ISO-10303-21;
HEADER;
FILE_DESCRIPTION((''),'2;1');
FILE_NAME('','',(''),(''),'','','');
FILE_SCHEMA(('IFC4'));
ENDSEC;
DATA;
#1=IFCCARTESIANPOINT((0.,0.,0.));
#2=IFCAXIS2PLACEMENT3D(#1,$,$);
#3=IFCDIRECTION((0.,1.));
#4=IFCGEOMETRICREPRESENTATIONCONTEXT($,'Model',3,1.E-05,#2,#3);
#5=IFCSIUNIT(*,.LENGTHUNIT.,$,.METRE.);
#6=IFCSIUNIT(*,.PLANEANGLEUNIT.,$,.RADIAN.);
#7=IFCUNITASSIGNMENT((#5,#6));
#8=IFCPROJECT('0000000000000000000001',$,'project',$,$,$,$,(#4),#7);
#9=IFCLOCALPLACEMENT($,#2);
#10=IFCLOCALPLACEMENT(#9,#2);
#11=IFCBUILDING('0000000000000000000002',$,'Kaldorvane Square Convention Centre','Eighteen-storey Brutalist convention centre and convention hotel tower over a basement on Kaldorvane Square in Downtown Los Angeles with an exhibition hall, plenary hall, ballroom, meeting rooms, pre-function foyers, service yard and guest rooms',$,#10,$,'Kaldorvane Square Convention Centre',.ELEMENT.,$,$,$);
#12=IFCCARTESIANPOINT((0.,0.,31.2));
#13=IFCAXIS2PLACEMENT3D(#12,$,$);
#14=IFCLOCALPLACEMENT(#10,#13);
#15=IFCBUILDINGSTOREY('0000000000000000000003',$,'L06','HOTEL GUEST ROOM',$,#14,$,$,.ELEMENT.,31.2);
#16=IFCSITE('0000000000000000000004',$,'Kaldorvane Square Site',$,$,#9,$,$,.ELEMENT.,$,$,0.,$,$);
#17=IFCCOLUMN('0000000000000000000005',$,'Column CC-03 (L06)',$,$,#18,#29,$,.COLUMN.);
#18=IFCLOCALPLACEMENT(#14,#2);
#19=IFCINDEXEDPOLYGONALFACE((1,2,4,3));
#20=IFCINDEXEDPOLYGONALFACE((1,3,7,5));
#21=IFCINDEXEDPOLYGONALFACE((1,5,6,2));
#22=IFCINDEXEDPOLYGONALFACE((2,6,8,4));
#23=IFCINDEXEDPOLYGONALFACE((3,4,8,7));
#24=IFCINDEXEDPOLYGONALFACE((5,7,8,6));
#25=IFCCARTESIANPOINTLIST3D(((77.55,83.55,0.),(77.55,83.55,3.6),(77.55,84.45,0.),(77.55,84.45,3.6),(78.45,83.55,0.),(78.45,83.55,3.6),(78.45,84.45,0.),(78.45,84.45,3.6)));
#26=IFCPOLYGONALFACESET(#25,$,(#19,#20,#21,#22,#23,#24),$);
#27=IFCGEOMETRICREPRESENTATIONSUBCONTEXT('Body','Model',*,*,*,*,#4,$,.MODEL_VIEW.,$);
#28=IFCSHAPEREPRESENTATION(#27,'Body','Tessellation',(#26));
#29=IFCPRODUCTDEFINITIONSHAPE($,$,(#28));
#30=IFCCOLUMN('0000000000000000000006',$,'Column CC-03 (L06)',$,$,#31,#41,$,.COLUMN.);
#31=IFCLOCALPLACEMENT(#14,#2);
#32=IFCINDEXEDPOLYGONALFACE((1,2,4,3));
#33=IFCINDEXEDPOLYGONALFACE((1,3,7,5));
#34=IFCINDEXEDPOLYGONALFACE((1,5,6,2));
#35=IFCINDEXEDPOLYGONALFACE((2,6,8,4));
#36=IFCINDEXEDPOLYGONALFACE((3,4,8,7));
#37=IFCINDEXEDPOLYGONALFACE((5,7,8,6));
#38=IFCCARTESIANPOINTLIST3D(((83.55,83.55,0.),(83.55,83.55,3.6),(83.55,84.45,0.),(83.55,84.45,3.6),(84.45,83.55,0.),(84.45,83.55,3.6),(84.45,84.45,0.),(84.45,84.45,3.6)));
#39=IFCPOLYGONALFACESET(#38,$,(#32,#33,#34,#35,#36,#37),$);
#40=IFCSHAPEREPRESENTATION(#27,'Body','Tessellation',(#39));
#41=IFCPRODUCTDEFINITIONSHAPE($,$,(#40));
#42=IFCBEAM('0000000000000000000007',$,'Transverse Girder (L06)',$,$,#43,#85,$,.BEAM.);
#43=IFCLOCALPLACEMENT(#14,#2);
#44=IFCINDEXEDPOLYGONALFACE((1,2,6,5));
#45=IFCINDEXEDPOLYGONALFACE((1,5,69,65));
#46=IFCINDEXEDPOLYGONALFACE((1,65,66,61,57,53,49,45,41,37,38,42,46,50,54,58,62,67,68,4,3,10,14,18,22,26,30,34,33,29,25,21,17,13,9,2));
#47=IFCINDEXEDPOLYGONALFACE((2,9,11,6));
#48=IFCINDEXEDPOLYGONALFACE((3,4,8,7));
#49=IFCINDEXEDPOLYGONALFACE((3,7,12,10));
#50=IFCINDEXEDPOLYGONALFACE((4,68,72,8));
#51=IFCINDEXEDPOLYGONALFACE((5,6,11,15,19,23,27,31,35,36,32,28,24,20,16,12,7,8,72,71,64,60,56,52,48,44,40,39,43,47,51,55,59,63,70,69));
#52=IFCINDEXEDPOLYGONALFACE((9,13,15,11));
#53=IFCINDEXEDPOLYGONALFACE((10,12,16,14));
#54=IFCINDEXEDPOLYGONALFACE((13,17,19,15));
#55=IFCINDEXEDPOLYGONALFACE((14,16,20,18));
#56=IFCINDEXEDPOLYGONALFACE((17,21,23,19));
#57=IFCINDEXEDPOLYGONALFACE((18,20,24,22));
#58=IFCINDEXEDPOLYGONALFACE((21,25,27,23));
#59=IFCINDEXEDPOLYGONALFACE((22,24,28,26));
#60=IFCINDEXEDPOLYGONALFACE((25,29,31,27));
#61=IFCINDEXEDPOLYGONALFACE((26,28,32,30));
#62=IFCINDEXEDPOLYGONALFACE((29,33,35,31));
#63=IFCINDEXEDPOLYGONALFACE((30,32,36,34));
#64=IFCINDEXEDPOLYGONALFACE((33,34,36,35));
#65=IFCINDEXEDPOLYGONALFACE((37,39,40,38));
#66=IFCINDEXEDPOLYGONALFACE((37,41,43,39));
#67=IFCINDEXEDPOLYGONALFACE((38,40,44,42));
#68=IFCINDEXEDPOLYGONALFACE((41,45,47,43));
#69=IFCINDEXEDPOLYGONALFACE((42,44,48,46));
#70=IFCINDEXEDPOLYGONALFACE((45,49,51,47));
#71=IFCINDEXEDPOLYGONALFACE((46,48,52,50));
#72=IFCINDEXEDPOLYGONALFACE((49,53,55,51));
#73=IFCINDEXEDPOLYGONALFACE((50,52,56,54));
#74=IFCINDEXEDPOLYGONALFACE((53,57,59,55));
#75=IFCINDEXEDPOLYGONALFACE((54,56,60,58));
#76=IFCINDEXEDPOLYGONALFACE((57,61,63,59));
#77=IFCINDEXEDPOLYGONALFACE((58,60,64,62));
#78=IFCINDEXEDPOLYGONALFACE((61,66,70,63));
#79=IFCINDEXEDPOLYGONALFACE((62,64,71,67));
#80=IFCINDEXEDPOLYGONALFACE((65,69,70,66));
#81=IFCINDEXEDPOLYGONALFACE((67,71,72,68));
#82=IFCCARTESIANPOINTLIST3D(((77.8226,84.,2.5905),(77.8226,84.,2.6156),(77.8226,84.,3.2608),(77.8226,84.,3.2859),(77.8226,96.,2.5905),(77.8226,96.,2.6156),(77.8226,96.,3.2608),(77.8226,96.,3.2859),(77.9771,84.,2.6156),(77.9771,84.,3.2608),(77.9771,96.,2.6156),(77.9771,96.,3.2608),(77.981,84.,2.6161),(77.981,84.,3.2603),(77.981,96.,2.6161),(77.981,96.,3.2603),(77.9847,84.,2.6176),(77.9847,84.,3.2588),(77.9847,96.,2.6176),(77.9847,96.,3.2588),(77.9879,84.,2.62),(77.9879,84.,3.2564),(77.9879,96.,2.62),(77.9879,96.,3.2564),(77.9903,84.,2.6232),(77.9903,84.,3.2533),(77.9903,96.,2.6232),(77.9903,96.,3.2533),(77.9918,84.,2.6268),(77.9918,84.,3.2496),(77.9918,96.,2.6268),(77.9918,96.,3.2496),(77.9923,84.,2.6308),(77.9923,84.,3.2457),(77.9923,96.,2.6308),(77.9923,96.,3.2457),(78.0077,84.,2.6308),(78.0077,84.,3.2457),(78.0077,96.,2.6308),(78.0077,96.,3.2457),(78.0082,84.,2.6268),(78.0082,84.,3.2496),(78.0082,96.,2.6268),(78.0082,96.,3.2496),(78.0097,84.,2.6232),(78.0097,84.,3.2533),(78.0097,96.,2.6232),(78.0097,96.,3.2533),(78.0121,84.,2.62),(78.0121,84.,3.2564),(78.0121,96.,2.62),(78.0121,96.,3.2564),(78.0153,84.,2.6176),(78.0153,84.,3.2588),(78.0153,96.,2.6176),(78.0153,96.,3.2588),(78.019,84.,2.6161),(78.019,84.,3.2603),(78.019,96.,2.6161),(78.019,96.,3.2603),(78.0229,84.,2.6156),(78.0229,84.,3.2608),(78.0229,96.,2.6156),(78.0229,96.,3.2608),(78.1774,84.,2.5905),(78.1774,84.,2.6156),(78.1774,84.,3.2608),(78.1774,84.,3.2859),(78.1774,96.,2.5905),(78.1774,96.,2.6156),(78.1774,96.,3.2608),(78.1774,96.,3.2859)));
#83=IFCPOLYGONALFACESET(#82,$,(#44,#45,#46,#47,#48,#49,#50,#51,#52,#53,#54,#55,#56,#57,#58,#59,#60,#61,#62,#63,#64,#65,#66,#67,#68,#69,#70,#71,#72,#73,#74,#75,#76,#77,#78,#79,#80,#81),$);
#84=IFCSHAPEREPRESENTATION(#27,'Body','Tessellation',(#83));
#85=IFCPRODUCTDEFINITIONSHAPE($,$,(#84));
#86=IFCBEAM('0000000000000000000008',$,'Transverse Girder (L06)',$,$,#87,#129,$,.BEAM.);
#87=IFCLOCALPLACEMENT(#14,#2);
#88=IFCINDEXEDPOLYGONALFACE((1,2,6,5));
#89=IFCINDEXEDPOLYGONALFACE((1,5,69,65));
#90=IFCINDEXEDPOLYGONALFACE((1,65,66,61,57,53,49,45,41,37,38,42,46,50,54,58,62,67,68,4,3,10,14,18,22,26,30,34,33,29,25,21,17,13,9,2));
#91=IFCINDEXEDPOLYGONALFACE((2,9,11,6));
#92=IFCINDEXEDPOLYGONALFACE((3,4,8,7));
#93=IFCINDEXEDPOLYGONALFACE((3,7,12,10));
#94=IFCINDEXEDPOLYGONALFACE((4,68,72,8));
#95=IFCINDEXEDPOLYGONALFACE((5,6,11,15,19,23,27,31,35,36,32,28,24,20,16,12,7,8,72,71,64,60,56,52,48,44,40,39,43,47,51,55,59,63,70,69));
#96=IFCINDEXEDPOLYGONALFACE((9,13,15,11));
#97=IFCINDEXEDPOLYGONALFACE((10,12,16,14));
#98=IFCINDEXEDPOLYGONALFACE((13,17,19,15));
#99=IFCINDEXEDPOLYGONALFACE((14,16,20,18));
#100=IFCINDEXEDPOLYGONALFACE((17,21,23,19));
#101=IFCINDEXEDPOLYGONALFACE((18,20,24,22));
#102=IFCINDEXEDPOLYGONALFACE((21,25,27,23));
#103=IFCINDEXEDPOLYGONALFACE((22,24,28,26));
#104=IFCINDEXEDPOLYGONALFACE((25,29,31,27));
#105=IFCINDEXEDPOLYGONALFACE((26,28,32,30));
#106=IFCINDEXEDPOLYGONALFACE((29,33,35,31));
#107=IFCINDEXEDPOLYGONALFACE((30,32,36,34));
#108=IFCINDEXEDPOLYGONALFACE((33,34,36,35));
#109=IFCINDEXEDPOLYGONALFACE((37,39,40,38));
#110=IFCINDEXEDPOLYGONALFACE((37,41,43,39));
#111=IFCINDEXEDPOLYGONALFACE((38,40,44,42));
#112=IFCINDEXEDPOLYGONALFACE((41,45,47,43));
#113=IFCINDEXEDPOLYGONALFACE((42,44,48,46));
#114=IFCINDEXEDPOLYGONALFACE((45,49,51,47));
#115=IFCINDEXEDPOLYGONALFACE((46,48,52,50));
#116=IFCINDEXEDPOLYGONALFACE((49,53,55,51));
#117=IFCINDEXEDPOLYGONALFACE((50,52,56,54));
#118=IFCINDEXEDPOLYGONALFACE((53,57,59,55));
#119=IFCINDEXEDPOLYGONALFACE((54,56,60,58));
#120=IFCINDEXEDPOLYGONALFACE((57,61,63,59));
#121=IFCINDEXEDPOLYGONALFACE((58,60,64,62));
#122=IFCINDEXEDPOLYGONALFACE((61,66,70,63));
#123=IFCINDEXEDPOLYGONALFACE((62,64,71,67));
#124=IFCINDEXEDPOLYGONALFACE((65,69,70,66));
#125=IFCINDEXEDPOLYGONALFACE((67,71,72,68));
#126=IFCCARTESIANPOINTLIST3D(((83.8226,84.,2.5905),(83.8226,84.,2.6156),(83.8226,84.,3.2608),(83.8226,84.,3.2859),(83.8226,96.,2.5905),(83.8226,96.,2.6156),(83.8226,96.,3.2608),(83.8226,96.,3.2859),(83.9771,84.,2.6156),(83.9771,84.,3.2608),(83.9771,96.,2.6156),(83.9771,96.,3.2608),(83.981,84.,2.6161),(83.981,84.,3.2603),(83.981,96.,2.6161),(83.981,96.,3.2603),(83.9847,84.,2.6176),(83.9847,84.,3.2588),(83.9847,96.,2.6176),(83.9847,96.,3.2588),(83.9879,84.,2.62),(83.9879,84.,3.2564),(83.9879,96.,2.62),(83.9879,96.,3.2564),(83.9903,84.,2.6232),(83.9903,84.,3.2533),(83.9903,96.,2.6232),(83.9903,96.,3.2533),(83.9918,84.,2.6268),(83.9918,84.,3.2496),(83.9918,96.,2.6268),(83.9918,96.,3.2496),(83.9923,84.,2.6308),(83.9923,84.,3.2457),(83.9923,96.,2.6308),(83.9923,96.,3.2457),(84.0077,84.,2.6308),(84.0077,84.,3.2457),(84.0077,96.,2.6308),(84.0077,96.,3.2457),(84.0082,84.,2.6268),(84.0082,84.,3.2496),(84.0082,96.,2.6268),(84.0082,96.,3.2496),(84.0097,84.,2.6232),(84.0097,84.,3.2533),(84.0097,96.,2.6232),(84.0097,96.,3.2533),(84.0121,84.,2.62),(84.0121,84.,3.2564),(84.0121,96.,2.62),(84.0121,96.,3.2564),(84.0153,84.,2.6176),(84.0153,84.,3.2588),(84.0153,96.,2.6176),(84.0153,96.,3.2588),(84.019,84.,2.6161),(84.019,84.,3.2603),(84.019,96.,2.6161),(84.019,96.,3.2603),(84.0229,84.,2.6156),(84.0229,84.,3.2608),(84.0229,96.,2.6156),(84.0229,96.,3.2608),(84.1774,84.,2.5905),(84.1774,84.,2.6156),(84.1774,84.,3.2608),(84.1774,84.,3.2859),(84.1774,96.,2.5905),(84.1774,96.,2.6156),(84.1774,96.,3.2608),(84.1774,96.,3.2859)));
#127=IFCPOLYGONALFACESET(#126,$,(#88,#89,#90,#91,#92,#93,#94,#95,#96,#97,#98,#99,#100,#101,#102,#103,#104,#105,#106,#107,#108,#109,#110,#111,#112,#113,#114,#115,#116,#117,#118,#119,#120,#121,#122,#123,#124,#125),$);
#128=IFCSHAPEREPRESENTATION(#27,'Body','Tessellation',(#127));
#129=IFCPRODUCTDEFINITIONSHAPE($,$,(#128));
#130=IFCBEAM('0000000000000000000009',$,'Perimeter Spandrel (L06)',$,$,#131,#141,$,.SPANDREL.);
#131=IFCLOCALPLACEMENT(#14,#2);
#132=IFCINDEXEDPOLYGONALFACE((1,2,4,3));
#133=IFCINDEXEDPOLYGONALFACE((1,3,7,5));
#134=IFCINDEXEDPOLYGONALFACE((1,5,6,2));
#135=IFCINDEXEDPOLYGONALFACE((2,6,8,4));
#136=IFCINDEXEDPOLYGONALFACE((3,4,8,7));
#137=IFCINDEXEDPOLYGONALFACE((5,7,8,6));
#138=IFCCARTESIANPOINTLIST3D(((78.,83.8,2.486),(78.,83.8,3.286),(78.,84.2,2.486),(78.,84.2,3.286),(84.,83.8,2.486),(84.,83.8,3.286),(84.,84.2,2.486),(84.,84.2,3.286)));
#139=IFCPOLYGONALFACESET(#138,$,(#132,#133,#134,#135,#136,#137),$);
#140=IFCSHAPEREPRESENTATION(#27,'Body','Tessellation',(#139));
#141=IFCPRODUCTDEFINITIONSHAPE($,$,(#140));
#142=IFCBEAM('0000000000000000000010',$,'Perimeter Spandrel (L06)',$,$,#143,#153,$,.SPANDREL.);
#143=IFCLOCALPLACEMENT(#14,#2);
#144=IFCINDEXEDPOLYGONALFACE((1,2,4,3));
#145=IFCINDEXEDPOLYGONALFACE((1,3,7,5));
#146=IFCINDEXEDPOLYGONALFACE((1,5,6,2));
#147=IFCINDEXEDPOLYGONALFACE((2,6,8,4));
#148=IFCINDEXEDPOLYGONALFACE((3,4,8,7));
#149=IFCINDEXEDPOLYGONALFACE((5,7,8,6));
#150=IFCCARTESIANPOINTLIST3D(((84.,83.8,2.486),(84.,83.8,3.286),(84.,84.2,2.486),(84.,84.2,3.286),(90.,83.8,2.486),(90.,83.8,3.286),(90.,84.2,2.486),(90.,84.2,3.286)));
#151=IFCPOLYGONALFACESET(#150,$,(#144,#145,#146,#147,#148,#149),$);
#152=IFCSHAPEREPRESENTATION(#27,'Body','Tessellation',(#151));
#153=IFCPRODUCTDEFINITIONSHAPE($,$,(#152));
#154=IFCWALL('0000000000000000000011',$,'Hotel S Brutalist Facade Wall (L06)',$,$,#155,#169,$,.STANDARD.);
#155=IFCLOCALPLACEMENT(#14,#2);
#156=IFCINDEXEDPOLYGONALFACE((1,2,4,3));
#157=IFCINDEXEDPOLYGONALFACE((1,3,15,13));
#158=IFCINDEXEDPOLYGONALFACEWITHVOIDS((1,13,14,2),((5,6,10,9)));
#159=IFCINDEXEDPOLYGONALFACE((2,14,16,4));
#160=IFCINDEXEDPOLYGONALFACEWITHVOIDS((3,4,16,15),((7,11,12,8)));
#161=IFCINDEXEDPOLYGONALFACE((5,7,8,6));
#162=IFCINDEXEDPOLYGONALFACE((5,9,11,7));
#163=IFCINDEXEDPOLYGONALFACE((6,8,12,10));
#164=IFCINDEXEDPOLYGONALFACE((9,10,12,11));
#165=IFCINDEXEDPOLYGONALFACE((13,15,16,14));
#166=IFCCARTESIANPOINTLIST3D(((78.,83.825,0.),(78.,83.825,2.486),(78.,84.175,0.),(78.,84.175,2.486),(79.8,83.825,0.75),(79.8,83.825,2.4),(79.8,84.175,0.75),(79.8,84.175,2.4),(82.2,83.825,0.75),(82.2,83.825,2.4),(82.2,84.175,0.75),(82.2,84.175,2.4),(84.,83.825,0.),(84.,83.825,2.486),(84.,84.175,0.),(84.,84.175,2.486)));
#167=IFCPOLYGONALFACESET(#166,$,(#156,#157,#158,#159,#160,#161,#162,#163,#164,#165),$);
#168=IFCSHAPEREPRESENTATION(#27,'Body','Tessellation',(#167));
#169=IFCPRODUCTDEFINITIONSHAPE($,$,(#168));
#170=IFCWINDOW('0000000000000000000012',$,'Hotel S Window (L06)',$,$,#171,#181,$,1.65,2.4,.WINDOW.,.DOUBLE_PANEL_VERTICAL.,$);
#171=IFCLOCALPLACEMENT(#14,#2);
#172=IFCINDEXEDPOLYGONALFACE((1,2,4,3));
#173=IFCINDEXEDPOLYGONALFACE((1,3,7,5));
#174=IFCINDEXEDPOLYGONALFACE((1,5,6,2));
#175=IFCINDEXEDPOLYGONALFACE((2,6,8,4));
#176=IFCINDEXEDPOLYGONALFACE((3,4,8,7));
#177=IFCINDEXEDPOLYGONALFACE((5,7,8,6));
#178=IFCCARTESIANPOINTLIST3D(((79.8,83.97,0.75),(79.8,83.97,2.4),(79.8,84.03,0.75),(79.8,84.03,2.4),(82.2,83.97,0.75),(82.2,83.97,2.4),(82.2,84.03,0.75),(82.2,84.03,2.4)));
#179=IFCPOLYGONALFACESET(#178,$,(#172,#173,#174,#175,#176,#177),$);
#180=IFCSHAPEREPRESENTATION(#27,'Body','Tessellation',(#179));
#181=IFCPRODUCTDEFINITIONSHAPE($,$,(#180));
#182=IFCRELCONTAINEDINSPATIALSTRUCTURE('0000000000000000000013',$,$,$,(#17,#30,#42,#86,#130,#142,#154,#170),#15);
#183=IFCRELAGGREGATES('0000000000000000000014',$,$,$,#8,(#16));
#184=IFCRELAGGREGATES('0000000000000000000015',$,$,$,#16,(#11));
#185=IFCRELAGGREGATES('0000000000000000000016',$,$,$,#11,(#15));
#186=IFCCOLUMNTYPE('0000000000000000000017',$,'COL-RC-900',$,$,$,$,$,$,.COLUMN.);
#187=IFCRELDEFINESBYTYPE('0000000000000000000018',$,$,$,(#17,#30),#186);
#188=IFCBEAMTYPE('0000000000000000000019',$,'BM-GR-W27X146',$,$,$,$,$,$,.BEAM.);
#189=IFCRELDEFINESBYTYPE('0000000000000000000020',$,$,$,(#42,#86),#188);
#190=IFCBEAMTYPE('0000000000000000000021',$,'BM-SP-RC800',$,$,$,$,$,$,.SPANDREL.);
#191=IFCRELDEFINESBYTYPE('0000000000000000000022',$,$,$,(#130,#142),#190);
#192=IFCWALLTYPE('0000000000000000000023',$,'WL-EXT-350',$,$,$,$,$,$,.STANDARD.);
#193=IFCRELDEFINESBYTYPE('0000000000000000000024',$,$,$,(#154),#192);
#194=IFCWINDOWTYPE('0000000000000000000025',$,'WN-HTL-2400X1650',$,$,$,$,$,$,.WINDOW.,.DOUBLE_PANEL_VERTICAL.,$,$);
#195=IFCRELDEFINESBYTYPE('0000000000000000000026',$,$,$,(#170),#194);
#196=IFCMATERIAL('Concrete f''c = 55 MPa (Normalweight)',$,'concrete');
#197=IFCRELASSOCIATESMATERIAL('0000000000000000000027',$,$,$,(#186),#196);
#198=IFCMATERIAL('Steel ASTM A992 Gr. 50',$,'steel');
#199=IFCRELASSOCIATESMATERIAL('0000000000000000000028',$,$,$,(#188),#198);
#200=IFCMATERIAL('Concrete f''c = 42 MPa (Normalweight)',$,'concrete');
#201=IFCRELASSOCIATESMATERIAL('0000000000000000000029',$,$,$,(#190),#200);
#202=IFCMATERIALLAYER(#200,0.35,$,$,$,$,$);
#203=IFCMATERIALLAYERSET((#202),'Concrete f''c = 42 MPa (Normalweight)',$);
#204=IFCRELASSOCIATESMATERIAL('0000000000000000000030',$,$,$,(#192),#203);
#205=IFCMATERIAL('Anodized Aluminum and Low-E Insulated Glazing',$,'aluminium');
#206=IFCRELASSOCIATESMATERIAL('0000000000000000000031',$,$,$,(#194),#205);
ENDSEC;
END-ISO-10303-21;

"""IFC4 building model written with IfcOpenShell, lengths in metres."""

from ifc_helpers import new_model, si_unit, direction, frame, frame_2d, origin, origin_2d, place, context, subcontext, project, spatial, rectangle, i_section, extrude, material, layer, layer_set, material_profile, profile_set, type_object, element, fill, save


model = new_model("IFC4")

# Units and contexts
model_context = context("Model", 3, precision=1e-05, world=origin(), true_north=direction((0.0, 1.0)))
body_context = subcontext(model_context, "Body", "Model", "MODEL_VIEW")
ifc_project = project(units=[si_unit("LENGTHUNIT", "METRE"), si_unit("PLANEANGLEUNIT", "RADIAN")], contexts=[model_context])

# Site, building, storey
site_placement = place(None, origin())
site = spatial("IfcSite", under=ifc_project, at=site_placement, Name="Kaldorvane Square Site", CompositionType="ELEMENT", RefElevation=0.0)
building_placement = place(site_placement, origin())
building = spatial("IfcBuilding", under=site, at=building_placement, Name="Kaldorvane Square Convention Centre", Description="Eighteen-storey Brutalist convention centre and convention hotel tower over a basement on Kaldorvane Square in Downtown Los Angeles with an exhibition hall, plenary hall, ballroom, meeting rooms, pre-function foyers, service yard and guest rooms", LongName="Kaldorvane Square Convention Centre", CompositionType="ELEMENT")
storey_placement = place(building_placement, frame((0.0, 0.0, 31.2)))
storey = spatial("IfcBuildingStorey", under=building, at=storey_placement, Name="L06", Description="HOTEL GUEST ROOM", CompositionType="ELEMENT", Elevation=31.2)

# Columns
ifc_material_1 = material(Name="Concrete f'c = 55 MPa (Normalweight)", Category="concrete")
ifc_material_profile_1 = material_profile(ifc_material_1, rectangle(XDim=0.9, YDim=0.9, at=origin_2d()), Name="RC900X900")
ifc_profile_set_1 = profile_set([ifc_material_profile_1], Name="Concrete f'c = 55 MPa (Normalweight)")
column_type = type_object("IfcColumnType", Name="COL-RC-900", PredefinedType="COLUMN", material=ifc_profile_set_1)
for number, where, z_axis, x_axis, name in (
    (1, (78.0, 84.0, 0.0), (0.0, 0.0, 1.0), (1.0, 0.0, 0.0), "Column CC-03 (L06)"),
    (2, (84.0, 84.0, 0.0), (0.0, 0.0, 1.0), (1.0, 0.0, 0.0), "Column CC-03 (L06)"),
):
    element("IfcColumn", number, at=place(storey_placement, frame(where, z_axis=z_axis, x_axis=x_axis)), inside=storey, type_object=column_type, Name=name, PredefinedType="COLUMN", context=body_context, shape_type="SweptSolid", body=[
        extrude(rectangle(XDim=0.9, YDim=0.9, at=origin_2d()), origin(), (0.0, 0.0, 1.0), 3.6),
    ])

# Beams
ifc_material_2 = material(Name="Steel ASTM A992 Gr. 50", Category="steel")
ifc_material_profile_2 = material_profile(ifc_material_2, i_section(OverallWidth=0.3547, OverallDepth=0.6955, WebThickness=0.0154, FlangeThickness=0.0251, FilletRadius=0.0152, at=origin_2d()), Name="W27X146")
ifc_profile_set_2 = profile_set([ifc_material_profile_2], Name="Steel ASTM A992 Gr. 50")
beam_type_1 = type_object("IfcBeamType", Name="BM-GR-W27X146", PredefinedType="BEAM", material=ifc_profile_set_2)
for number, where, z_axis, x_axis, name in (
    (3, (78.0, 84.0, 2.9382), (0.0, 1.0, 0.0), (-1.0, 0.0, 0.0), "Transverse Girder (L06)"),
    (4, (84.0, 84.0, 2.9382), (0.0, 1.0, 0.0), (-1.0, 0.0, 0.0), "Transverse Girder (L06)"),
):
    element("IfcBeam", number, at=place(storey_placement, frame(where, z_axis=z_axis, x_axis=x_axis)), inside=storey, type_object=beam_type_1, Name=name, PredefinedType="BEAM", context=body_context, shape_type="SweptSolid", body=[
        extrude(i_section(OverallWidth=0.3547, OverallDepth=0.6955, WebThickness=0.0154, FlangeThickness=0.0251, FilletRadius=0.0152, at=origin_2d()), origin(), (0.0, 0.0, 1.0), 12.0),
    ])
ifc_material_3 = material(Name="Concrete f'c = 42 MPa (Normalweight)", Category="concrete")
ifc_material_profile_3 = material_profile(ifc_material_3, rectangle(XDim=0.4, YDim=0.8, at=origin_2d()), Name="RCSP800X400")
ifc_profile_set_3 = profile_set([ifc_material_profile_3], Name="Concrete f'c = 42 MPa (Normalweight)")
beam_type_2 = type_object("IfcBeamType", Name="BM-SP-RC800", PredefinedType="SPANDREL", material=ifc_profile_set_3)
for number, where, z_axis, x_axis, name in (
    (5, (78.0, 84.0, 2.886), (1.0, 0.0, 0.0), (0.0, 1.0, 0.0), "Perimeter Spandrel (L06)"),
    (6, (84.0, 84.0, 2.886), (1.0, 0.0, 0.0), (0.0, 1.0, 0.0), "Perimeter Spandrel (L06)"),
):
    element("IfcBeam", number, at=place(storey_placement, frame(where, z_axis=z_axis, x_axis=x_axis)), inside=storey, type_object=beam_type_2, Name=name, PredefinedType="SPANDREL", context=body_context, shape_type="SweptSolid", body=[
        extrude(rectangle(XDim=0.4, YDim=0.8, at=origin_2d()), origin(), (0.0, 0.0, 1.0), 6.0),
    ])

# Wall, opening, window
ifc_layer_1 = layer(ifc_material_3, 0.35)
ifc_layer_set_1 = layer_set([ifc_layer_1], Name="Concrete f'c = 42 MPa (Normalweight)")
wall_type_1 = type_object("IfcWallType", Name="WL-EXT-350", PredefinedType="STANDARD", material=ifc_layer_set_1)
wall_1_placement = place(storey_placement, frame((78.0, 84.0, 0.0), z_axis=(0.0, 0.0, 1.0), x_axis=(1.0, 0.0, 0.0)))
wall_1 = element("IfcWall", 7, at=wall_1_placement, inside=storey, type_object=wall_type_1, Name="Hotel S Brutalist Facade Wall (L06)", PredefinedType="STANDARD", context=body_context, shape_type="SweptSolid", body=[
    extrude(rectangle(XDim=6.0, YDim=0.35, at=frame_2d((3.0, 0.0))), origin(), (0.0, 0.0, 1.0), 2.486),
])
opening_1_placement = place(wall_1_placement, frame((1.8, 0.0, 0.75)))
opening_1 = element("IfcOpeningElement", 8, at=opening_1_placement, cuts=wall_1, PredefinedType="OPENING", context=body_context, shape_type="SweptSolid", body=[
    extrude(rectangle(XDim=2.4, YDim=1.65, at=frame_2d((1.2, 0.825))), frame((0.0, 0.19, 0.0), z_axis=(0.0, -1.0, 0.0), x_axis=(1.0, 0.0, 0.0)), (0.0, 0.0, 1.0), 0.38),
])
ifc_material_4 = material(Name="Anodized Aluminum and Low-E Insulated Glazing", Category="aluminium")
window_type = type_object("IfcWindowType", Name="WN-HTL-2400X1650", PartitioningType="DOUBLE_PANEL_VERTICAL", PredefinedType="WINDOW", material=ifc_material_4)
window_1_placement = place(opening_1_placement, origin())
window_1 = element("IfcWindow", 9, at=window_1_placement, inside=storey, type_object=window_type, Name="Hotel S Window (L06)", OverallHeight=1.65, OverallWidth=2.4, PartitioningType="DOUBLE_PANEL_VERTICAL", PredefinedType="WINDOW", context=body_context, shape_type="SweptSolid", body=[
    extrude(rectangle(XDim=2.4, YDim=1.65, at=frame_2d((1.2, 0.825))), frame((0.0, 0.03, 0.0), z_axis=(0.0, -1.0, 0.0), x_axis=(1.0, 0.0, 0.0)), (0.0, 0.0, 1.0), 0.06),
])
fill(opening_1, window_1)

save(model, "model.ifc")
